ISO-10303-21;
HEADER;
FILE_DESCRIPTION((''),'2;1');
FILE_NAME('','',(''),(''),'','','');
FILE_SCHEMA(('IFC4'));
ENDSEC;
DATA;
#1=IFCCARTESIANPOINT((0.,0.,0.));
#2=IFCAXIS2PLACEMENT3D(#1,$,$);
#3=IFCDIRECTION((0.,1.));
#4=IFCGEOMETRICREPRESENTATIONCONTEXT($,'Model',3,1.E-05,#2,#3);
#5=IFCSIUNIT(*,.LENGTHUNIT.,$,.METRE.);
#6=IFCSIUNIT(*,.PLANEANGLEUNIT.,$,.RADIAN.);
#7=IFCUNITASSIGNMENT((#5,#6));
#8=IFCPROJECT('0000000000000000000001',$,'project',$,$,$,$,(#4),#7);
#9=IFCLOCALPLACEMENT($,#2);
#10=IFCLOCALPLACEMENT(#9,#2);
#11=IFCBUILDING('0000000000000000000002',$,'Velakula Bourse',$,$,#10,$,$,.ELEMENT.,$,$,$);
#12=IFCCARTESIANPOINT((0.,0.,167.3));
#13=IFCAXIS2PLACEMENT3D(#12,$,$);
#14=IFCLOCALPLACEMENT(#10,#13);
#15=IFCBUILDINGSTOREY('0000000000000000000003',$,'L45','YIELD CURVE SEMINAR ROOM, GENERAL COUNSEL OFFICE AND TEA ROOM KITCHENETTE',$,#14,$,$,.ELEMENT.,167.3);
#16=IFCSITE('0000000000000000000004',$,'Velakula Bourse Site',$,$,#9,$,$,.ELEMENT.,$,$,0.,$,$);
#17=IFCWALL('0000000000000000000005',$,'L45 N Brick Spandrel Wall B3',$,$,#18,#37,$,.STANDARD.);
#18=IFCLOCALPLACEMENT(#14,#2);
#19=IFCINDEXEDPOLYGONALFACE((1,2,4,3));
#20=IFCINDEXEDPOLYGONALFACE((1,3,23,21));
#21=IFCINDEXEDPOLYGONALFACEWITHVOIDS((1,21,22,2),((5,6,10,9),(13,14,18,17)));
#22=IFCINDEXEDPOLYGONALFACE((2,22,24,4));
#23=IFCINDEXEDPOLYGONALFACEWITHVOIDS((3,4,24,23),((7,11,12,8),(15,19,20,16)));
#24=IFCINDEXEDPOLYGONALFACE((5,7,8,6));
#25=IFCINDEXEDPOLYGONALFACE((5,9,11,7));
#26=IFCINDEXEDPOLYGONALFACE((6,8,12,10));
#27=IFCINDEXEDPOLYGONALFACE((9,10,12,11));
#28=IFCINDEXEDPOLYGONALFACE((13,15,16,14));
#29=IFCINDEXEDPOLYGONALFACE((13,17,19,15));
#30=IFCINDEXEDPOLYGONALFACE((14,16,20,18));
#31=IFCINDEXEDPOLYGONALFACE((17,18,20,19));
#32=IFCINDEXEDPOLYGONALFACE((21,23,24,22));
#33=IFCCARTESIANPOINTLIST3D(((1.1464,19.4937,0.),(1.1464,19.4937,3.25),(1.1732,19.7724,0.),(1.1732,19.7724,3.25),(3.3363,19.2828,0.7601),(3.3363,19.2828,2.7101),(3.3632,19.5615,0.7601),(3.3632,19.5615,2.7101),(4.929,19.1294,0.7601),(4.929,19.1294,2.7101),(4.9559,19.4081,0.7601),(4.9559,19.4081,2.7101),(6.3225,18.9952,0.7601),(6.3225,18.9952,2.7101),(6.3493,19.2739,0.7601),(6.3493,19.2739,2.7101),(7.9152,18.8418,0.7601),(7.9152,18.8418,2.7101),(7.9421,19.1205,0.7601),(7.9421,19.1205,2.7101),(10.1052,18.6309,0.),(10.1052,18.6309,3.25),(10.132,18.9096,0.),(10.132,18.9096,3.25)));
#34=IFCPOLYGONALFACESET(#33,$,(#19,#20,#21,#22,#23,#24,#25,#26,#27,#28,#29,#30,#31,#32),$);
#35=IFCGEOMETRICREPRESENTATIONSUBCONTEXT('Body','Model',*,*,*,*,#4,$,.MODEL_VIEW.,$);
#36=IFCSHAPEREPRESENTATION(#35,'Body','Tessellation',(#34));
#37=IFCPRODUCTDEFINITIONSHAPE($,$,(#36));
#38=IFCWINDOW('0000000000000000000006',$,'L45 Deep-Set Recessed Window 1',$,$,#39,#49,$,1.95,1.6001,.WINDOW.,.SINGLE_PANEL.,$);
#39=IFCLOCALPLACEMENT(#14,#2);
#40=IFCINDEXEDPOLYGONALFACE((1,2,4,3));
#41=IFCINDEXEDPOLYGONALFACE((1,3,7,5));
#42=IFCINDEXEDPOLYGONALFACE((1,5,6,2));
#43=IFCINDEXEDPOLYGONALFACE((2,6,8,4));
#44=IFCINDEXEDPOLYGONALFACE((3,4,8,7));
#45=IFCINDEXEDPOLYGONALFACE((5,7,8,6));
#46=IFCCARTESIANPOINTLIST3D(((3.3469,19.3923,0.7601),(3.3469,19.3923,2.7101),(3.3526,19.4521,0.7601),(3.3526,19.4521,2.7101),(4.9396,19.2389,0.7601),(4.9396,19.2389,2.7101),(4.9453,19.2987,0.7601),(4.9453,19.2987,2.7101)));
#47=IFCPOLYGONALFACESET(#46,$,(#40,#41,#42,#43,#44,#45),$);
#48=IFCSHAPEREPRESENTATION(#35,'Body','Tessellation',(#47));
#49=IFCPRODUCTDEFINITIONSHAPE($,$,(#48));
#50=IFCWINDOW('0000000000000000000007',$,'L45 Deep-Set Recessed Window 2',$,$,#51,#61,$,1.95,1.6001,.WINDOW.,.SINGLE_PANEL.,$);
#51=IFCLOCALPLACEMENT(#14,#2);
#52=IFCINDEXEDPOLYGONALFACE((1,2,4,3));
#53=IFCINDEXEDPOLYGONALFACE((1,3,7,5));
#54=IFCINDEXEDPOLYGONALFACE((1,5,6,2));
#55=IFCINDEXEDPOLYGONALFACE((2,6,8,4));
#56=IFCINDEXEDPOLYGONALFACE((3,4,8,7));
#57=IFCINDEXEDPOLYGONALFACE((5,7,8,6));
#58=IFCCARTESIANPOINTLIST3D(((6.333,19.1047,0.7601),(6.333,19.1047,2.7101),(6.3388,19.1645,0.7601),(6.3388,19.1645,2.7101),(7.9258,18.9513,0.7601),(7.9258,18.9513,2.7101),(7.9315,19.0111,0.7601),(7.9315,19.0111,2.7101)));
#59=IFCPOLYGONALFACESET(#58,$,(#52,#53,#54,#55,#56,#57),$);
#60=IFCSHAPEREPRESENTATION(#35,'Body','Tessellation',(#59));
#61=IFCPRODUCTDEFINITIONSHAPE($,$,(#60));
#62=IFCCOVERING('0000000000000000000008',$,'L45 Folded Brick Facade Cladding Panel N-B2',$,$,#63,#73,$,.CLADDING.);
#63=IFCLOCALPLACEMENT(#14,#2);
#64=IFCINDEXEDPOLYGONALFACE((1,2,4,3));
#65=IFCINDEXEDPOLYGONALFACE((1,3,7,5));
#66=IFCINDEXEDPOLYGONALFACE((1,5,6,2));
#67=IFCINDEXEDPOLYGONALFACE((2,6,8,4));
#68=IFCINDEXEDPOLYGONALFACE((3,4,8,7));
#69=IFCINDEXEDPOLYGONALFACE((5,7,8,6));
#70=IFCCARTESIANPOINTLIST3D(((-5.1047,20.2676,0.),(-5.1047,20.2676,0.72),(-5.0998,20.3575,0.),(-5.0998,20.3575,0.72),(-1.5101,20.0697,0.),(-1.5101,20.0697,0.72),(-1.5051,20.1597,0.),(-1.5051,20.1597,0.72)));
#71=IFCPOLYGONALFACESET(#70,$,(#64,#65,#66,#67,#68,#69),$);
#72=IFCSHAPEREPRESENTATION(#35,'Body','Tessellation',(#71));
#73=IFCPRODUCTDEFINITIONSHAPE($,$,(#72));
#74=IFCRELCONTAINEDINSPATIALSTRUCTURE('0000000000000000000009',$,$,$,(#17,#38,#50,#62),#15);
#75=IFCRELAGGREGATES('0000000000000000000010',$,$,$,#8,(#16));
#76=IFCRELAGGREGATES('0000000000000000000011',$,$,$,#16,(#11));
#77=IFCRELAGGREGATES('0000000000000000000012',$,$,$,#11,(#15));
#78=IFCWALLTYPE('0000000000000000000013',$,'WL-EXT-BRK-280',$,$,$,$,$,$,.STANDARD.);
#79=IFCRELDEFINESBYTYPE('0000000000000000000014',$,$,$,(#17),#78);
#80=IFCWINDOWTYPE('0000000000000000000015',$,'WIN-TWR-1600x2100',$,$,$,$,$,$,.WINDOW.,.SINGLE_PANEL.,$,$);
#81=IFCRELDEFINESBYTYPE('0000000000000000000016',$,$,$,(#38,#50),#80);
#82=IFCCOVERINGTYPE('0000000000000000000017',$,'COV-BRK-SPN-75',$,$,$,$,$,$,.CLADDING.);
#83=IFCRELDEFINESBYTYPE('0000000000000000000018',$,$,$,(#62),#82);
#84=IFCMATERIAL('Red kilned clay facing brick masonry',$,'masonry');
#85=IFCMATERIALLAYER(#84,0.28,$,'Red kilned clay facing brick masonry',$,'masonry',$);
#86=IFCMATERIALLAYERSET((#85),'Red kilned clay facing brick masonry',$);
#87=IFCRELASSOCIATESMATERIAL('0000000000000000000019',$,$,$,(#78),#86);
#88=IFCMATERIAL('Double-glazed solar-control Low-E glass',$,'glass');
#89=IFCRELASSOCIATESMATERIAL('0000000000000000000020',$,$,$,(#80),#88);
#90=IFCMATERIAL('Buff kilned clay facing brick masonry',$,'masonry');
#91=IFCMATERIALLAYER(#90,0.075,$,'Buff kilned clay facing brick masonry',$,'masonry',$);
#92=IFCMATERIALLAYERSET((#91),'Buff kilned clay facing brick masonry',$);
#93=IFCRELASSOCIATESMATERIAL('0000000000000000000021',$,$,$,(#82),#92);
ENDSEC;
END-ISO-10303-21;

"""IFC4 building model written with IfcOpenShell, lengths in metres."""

from ifc_helpers import new_model, si_unit, direction, frame, frame_2d, origin, origin_2d, place, context, subcontext, project, spatial, rectangle, extrude, material, layer, layer_set, type_object, element, fill, save


model = new_model("IFC4")

# Units and contexts
model_context = context("Model", 3, precision=1e-05, world=origin(), true_north=direction((0.0, 1.0)))
body_context = subcontext(model_context, "Body", "Model", "MODEL_VIEW")
ifc_project = project(units=[si_unit("LENGTHUNIT", "METRE"), si_unit("PLANEANGLEUNIT", "RADIAN")], contexts=[model_context])

# Site, building, storey
site_placement = place(None, origin())
site = spatial("IfcSite", under=ifc_project, at=site_placement, Name="Velakula Bourse Site", CompositionType="ELEMENT", RefElevation=0.0)
building_placement = place(site_placement, origin())
building = spatial("IfcBuilding", under=site, at=building_placement, Name="Velakula Bourse", CompositionType="ELEMENT")
storey_placement = place(building_placement, frame((0.0, 0.0, 167.3)))
storey = spatial("IfcBuildingStorey", under=building, at=storey_placement, Name="L45", Description="YIELD CURVE SEMINAR ROOM, GENERAL COUNSEL OFFICE AND TEA ROOM KITCHENETTE", CompositionType="ELEMENT", Elevation=167.3)

# Wall, openings, windows
ifc_material_1 = material(Name="Red kilned clay facing brick masonry", Category="masonry")
ifc_layer_1 = layer(ifc_material_1, 0.28, Name="Red kilned clay facing brick masonry", Category="masonry")
ifc_layer_set_1 = layer_set([ifc_layer_1], Name="Red kilned clay facing brick masonry")
wall_type_1 = type_object("IfcWallType", Name="WL-EXT-BRK-280", PredefinedType="STANDARD", material=ifc_layer_set_1)
wall_1_placement = place(storey_placement, frame((1.1599, 19.6331, 0.0), z_axis=(0.0, 0.0, 1.0), x_axis=(0.995394, -0.095864, 0.0)))
wall_1 = element("IfcWall", 1, at=wall_1_placement, inside=storey, type_object=wall_type_1, Name="L45 N Brick Spandrel Wall B3", PredefinedType="STANDARD", context=body_context, shape_type="SweptSolid", body=[
    extrude(rectangle(XDim=9.0002, YDim=0.28, at=frame_2d((4.5, 0.0))), origin(), (0.0, 0.0, 1.0), 3.25),
])
opening_1_placement = place(wall_1_placement, frame((2.2, 0.0, 0.76)))
opening_1 = element("IfcOpeningElement", 2, at=opening_1_placement, cuts=wall_1, PredefinedType="OPENING", context=body_context, shape_type="SweptSolid", body=[
    extrude(rectangle(XDim=1.6001, YDim=1.95, at=frame_2d((0.8, 0.9751))), frame((0.0, 0.1499, 0.0), z_axis=(0.0, -1.0, 0.0), x_axis=(1.0, 0.0, 0.0)), (0.0, 0.0, 1.0), 0.3),
])
opening_2_placement = place(wall_1_placement, frame((5.2, 0.0, 0.76)))
opening_2 = element("IfcOpeningElement", 3, at=opening_2_placement, cuts=wall_1, PredefinedType="OPENING", context=body_context, shape_type="SweptSolid", body=[
    extrude(rectangle(XDim=1.6001, YDim=1.95, at=frame_2d((0.8, 0.9751))), frame((0.0, 0.1499, 0.0), z_axis=(0.0, -1.0, 0.0), x_axis=(1.0, 0.0, 0.0)), (0.0, 0.0, 1.0), 0.3),
])
ifc_material_2 = material(Name="Double-glazed solar-control Low-E glass", Category="glass")
window_type = type_object("IfcWindowType", Name="WIN-TWR-1600x2100", PartitioningType="SINGLE_PANEL", PredefinedType="WINDOW", material=ifc_material_2)
window_1_placement = place(opening_1_placement, origin())
window_1 = element("IfcWindow", 4, at=window_1_placement, inside=storey, type_object=window_type, Name="L45 Deep-Set Recessed Window 1", OverallHeight=1.95, OverallWidth=1.6001, PartitioningType="SINGLE_PANEL", PredefinedType="WINDOW", context=body_context, shape_type="SweptSolid", body=[
    extrude(rectangle(XDim=1.6001, YDim=1.95, at=frame_2d((0.8, 0.9751))), frame((0.0, 0.03, 0.0), z_axis=(0.0, -1.0, 0.0), x_axis=(1.0, 0.0, 0.0)), (0.0, 0.0, 1.0), 0.0601),
])
fill(opening_1, window_1)
window_2_placement = place(opening_2_placement, origin())
window_2 = element("IfcWindow", 5, at=window_2_placement, inside=storey, type_object=window_type, Name="L45 Deep-Set Recessed Window 2", OverallHeight=1.95, OverallWidth=1.6001, PartitioningType="SINGLE_PANEL", PredefinedType="WINDOW", context=body_context, shape_type="SweptSolid", body=[
    extrude(rectangle(XDim=1.6001, YDim=1.95, at=frame_2d((0.8, 0.9751))), frame((0.0, 0.03, 0.0), z_axis=(0.0, -1.0, 0.0), x_axis=(1.0, 0.0, 0.0)), (0.0, 0.0, 1.0), 0.0601),
])
fill(opening_2, window_2)

# Covering
ifc_material_3 = material(Name="Buff kilned clay facing brick masonry", Category="masonry")
ifc_layer_2 = layer(ifc_material_3, 0.075, Name="Buff kilned clay facing brick masonry", Category="masonry")
ifc_layer_set_2 = layer_set([ifc_layer_2], Name="Buff kilned clay facing brick masonry")
covering_type = type_object("IfcCoveringType", Name="COV-BRK-SPN-75", PredefinedType="CLADDING", material=ifc_layer_set_2)
covering_placement = place(storey_placement, frame((-3.3049, 20.2136, 0.0), z_axis=(0.0, 0.0, 1.0), x_axis=(0.998489, -0.05495, 0.0)))
element("IfcCovering", 6, at=covering_placement, inside=storey, type_object=covering_type, Name="L45 Folded Brick Facade Cladding Panel N-B2", PredefinedType="CLADDING", context=body_context, shape_type="SweptSolid", body=[
    extrude(rectangle(XDim=3.6001, YDim=0.0901, at=origin_2d()), origin(), (0.0, 0.0, 1.0), 0.72),
])

save(model, "model.ifc")
